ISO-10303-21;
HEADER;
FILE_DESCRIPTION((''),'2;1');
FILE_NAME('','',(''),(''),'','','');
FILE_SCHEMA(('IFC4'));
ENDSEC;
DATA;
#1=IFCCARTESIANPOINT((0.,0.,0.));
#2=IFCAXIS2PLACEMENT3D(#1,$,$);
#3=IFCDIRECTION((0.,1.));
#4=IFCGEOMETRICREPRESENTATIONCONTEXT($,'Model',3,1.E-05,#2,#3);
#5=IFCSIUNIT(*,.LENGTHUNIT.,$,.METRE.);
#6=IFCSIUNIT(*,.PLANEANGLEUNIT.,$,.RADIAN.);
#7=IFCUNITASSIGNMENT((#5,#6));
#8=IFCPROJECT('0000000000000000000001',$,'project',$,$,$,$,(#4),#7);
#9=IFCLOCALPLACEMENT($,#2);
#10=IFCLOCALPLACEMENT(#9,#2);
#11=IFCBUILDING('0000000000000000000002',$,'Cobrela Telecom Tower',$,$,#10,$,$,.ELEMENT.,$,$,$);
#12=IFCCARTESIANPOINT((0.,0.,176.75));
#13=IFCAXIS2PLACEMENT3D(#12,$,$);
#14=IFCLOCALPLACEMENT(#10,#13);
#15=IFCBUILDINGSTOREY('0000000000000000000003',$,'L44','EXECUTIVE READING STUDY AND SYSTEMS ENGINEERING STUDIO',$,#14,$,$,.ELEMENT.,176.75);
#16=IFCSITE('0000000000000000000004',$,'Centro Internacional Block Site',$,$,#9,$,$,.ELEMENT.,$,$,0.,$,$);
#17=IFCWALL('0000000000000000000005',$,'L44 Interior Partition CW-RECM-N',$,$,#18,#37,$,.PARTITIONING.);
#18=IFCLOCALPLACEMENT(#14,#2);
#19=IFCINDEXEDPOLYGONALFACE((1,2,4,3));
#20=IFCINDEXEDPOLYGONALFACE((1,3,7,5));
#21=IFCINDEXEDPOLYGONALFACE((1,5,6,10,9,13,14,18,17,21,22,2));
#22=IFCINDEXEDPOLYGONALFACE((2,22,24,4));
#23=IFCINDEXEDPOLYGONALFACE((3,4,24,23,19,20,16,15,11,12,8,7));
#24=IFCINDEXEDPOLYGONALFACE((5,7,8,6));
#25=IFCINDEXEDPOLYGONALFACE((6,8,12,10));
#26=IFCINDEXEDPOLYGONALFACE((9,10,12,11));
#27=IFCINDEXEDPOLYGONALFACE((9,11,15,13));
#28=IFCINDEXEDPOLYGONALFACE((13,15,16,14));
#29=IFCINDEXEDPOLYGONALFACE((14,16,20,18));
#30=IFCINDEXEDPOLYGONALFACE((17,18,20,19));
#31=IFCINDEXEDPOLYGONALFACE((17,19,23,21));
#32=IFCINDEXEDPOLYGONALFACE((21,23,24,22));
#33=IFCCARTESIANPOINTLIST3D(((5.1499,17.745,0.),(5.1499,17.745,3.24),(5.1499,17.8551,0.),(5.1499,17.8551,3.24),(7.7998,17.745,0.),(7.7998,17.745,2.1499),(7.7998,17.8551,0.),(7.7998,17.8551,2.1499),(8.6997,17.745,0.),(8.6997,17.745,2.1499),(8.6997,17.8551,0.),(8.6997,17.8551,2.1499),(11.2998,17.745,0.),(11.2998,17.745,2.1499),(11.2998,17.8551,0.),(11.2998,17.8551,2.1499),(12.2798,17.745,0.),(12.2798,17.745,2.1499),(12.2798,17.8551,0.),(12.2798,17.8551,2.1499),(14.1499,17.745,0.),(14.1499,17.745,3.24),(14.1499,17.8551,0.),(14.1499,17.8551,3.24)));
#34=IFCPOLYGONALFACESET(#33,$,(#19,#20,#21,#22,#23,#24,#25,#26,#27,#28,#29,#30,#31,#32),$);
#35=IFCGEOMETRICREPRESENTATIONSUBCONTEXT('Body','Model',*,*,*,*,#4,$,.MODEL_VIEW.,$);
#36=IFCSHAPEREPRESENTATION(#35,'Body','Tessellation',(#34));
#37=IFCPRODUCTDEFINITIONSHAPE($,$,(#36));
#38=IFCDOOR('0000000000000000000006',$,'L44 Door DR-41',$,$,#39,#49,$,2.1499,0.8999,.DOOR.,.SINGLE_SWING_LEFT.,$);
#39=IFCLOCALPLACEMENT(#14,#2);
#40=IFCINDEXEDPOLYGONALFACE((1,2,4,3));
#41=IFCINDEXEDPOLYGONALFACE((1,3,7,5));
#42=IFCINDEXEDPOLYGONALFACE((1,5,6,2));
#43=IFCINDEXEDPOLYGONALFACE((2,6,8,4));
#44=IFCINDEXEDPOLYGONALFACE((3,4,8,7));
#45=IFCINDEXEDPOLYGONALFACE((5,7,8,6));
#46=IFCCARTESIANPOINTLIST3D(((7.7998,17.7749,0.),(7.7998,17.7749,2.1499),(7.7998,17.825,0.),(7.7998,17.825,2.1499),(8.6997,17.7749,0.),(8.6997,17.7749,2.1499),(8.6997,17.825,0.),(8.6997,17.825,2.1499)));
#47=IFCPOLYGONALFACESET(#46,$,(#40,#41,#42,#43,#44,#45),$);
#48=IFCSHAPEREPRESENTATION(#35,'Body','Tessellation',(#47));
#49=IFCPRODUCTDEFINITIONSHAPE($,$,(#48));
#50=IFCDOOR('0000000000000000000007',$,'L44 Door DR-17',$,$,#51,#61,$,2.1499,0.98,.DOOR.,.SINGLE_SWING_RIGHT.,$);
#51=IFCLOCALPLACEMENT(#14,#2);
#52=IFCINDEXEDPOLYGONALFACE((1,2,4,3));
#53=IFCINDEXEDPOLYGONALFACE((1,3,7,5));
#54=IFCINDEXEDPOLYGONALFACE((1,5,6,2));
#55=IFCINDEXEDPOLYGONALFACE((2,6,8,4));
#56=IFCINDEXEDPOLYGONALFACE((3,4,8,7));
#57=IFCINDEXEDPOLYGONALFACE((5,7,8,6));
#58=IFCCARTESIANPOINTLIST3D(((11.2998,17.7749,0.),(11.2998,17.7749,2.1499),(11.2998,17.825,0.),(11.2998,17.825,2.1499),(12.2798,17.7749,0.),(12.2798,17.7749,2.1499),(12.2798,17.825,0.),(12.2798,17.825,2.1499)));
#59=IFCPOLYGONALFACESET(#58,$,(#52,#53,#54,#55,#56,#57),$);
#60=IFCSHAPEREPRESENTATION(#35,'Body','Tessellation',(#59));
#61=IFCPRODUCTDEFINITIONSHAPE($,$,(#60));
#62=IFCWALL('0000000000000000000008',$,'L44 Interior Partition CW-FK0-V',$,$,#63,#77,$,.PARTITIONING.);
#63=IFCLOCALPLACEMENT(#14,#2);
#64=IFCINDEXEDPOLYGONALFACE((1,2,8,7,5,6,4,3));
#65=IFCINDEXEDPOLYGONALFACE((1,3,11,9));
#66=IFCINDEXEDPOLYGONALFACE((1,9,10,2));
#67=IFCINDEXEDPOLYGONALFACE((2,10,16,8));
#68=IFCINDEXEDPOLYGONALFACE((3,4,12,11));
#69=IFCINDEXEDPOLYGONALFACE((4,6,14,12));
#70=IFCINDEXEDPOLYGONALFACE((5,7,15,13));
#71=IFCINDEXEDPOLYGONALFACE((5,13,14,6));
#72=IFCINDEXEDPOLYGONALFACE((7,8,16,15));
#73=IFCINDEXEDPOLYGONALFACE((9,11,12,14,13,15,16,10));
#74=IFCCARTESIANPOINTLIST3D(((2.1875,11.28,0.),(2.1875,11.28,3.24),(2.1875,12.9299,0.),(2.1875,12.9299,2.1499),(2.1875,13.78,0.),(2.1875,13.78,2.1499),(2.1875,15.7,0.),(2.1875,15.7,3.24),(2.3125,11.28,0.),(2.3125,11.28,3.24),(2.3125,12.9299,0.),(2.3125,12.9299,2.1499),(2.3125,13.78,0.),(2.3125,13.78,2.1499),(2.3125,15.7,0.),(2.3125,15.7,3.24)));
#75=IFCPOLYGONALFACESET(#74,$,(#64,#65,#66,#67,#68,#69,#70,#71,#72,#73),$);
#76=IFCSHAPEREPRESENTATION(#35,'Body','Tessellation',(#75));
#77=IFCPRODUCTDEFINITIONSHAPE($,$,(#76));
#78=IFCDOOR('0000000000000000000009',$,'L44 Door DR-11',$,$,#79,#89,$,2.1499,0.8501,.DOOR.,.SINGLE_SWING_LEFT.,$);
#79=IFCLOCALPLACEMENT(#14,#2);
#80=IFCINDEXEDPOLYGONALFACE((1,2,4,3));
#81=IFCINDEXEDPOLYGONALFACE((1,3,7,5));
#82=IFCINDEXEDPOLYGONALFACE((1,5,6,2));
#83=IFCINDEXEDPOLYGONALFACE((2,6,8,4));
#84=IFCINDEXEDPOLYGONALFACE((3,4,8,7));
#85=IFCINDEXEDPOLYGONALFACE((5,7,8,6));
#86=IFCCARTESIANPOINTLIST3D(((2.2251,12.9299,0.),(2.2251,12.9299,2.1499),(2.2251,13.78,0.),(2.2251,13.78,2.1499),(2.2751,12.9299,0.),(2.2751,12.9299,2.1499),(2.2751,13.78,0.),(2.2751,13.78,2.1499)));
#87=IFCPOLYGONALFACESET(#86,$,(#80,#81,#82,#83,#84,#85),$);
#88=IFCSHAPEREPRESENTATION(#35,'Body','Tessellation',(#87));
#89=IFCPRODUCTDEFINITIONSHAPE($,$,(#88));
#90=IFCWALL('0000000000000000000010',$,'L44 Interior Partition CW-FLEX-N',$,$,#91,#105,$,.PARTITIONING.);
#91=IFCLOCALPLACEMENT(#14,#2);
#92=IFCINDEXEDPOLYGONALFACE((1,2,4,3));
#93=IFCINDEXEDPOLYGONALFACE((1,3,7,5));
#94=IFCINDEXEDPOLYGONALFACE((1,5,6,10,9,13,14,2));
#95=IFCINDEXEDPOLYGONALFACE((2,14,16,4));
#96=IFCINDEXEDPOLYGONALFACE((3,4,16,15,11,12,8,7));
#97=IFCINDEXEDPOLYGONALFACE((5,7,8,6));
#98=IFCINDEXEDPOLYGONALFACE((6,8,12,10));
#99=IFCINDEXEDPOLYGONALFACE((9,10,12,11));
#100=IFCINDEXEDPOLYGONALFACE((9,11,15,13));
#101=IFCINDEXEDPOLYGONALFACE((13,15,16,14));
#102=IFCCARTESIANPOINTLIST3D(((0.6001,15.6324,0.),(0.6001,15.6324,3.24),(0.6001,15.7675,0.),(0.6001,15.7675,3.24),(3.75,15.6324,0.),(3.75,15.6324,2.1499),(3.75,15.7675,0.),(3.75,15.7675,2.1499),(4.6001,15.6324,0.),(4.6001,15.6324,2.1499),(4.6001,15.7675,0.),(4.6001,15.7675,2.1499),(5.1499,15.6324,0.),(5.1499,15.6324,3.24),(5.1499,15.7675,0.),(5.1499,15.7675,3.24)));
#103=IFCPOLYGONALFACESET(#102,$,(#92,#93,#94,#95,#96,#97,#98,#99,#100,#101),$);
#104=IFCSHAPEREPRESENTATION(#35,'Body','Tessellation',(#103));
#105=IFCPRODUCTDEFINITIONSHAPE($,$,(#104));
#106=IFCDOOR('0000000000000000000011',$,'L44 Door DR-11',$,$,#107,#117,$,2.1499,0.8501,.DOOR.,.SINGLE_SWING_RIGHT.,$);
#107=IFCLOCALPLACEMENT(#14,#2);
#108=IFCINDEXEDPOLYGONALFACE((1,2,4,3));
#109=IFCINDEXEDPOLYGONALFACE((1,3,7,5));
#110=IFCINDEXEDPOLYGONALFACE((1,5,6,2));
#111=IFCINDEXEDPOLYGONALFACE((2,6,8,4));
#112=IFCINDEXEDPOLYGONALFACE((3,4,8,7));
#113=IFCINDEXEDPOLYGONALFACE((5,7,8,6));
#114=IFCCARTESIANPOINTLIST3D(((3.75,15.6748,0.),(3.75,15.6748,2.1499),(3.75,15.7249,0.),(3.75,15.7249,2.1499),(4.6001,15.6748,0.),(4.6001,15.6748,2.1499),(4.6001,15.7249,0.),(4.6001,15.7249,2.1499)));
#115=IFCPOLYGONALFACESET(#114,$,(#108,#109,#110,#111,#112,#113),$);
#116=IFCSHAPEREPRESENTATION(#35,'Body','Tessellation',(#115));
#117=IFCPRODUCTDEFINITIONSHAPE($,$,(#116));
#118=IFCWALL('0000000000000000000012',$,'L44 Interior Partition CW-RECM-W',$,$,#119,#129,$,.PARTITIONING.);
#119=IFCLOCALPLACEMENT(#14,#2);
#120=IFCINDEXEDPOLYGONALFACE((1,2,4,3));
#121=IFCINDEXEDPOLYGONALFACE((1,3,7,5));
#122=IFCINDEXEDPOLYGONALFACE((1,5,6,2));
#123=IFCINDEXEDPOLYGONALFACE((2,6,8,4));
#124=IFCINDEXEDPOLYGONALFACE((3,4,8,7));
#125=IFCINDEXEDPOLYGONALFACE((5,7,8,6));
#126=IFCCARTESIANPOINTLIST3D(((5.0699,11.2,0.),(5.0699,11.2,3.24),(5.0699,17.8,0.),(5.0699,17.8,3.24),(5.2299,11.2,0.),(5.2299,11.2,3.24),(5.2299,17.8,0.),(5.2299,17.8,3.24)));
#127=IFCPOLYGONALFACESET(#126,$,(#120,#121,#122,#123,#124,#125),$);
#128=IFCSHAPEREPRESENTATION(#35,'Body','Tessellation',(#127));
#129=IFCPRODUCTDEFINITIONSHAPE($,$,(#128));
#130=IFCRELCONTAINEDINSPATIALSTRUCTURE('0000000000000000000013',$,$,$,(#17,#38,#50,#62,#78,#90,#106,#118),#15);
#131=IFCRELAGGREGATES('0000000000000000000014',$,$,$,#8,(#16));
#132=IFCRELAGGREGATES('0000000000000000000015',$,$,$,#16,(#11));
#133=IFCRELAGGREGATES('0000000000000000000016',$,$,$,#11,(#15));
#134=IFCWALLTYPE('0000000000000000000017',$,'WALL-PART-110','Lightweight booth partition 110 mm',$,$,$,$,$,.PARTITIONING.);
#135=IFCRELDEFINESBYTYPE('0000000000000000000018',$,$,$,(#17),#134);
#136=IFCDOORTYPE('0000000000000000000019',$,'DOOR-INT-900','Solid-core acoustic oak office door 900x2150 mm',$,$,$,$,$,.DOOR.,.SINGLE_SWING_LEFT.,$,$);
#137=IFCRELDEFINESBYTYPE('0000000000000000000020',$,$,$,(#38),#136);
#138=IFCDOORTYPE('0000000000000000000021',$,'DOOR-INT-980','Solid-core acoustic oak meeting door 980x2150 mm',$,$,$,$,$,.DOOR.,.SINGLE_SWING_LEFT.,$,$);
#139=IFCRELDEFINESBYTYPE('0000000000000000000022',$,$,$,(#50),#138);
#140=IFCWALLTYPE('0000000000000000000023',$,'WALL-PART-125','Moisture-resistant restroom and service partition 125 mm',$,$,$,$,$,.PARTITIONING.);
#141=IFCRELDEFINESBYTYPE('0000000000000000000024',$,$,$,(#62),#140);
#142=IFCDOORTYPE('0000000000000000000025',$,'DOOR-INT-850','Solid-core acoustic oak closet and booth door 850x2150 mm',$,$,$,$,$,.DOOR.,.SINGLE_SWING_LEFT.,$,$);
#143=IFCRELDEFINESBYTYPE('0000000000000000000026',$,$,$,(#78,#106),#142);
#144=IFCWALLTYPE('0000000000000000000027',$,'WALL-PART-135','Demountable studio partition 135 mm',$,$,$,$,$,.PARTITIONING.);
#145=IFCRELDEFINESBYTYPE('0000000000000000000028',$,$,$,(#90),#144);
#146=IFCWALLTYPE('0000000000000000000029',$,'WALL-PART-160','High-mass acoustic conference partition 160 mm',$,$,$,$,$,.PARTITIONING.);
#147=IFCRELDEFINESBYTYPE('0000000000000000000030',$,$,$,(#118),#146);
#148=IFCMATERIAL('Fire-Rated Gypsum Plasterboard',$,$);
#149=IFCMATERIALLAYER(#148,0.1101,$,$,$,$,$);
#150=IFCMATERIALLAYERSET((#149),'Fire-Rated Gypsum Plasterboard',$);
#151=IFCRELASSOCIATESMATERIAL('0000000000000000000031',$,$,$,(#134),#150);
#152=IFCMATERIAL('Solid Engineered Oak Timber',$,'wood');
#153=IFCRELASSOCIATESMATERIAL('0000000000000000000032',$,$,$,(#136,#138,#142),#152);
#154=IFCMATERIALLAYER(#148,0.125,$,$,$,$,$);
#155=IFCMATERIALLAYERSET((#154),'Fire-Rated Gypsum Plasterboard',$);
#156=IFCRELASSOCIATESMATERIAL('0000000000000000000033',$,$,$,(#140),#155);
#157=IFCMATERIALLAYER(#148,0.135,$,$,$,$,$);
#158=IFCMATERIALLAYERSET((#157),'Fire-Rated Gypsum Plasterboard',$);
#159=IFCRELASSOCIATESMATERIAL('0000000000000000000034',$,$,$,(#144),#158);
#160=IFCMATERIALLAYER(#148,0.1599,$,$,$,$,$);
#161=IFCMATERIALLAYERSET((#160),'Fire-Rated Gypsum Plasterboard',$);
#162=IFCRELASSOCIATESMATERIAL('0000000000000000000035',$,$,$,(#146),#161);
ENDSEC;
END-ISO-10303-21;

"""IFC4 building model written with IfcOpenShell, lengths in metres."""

from ifc_helpers import new_model, si_unit, direction, frame, frame_2d, origin, place, context, subcontext, project, spatial, rectangle, extrude, material, layer, layer_set, type_object, element, fill, save


model = new_model("IFC4")

# Units and contexts
model_context = context("Model", 3, precision=1e-05, world=origin(), true_north=direction((0.0, 1.0)))
body_context = subcontext(model_context, "Body", "Model", "MODEL_VIEW")
ifc_project = project(units=[si_unit("LENGTHUNIT", "METRE"), si_unit("PLANEANGLEUNIT", "RADIAN")], contexts=[model_context])

# Site, building, storey
site_placement = place(None, origin())
site = spatial("IfcSite", under=ifc_project, at=site_placement, Name="Centro Internacional Block Site", CompositionType="ELEMENT", RefElevation=0.0)
building_placement = place(site_placement, origin())
building = spatial("IfcBuilding", under=site, at=building_placement, Name="Cobrela Telecom Tower", CompositionType="ELEMENT")
storey_placement = place(building_placement, frame((0.0, 0.0, 176.75)))
storey = spatial("IfcBuildingStorey", under=building, at=storey_placement, Name="L44", Description="EXECUTIVE READING STUDY AND SYSTEMS ENGINEERING STUDIO", CompositionType="ELEMENT", Elevation=176.75)

# Wall, openings, doors
ifc_material_1 = material(Name="Fire-Rated Gypsum Plasterboard")
ifc_layer_1 = layer(ifc_material_1, 0.1101)
ifc_layer_set_1 = layer_set([ifc_layer_1], Name="Fire-Rated Gypsum Plasterboard")
wall_type_1 = type_object("IfcWallType", Name="WALL-PART-110", Description="Lightweight booth partition 110 mm", PredefinedType="PARTITIONING", material=ifc_layer_set_1)
wall_1_placement = place(storey_placement, frame((5.1499, 17.8, 0.0), z_axis=(0.0, 0.0, 1.0), x_axis=(1.0, 0.0, 0.0)))
wall_1 = element("IfcWall", 1, at=wall_1_placement, inside=storey, type_object=wall_type_1, Name="L44 Interior Partition CW-RECM-N", PredefinedType="PARTITIONING", context=body_context, shape_type="SweptSolid", body=[
    extrude(rectangle(XDim=9.0, YDim=0.1101, at=frame_2d((4.5, 0.0))), origin(), (0.0, 0.0, 1.0), 3.24),
])
opening_1_placement = place(wall_1_placement, frame((2.6499, 0.0, 0.0)))
opening_1 = element("IfcOpeningElement", 2, at=opening_1_placement, cuts=wall_1, PredefinedType="OPENING", context=body_context, shape_type="SweptSolid", body=[
    extrude(rectangle(XDim=0.8999, YDim=2.1499, at=frame_2d((0.45, 1.075))), frame((0.0, 0.0669, 0.0), z_axis=(0.0, -1.0, 0.0), x_axis=(1.0, 0.0, 0.0)), (0.0, 0.0, 1.0), 0.134),
])
opening_2_placement = place(wall_1_placement, frame((6.1499, 0.0, 0.0)))
opening_2 = element("IfcOpeningElement", 3, at=opening_2_placement, cuts=wall_1, PredefinedType="OPENING", context=body_context, shape_type="SweptSolid", body=[
    extrude(rectangle(XDim=0.98, YDim=2.1499, at=frame_2d((0.49, 1.075))), frame((0.0, 0.0669, 0.0), z_axis=(0.0, -1.0, 0.0), x_axis=(1.0, 0.0, 0.0)), (0.0, 0.0, 1.0), 0.134),
])
ifc_material_2 = material(Name="Solid Engineered Oak Timber", Category="wood")
door_type_1 = type_object("IfcDoorType", Name="DOOR-INT-900", Description="Solid-core acoustic oak office door 900x2150 mm", OperationType="SINGLE_SWING_LEFT", PredefinedType="DOOR", material=ifc_material_2)
door_1_placement = place(opening_1_placement, origin())
door_1 = element("IfcDoor", 4, at=door_1_placement, inside=storey, type_object=door_type_1, Name="L44 Door DR-41", OperationType="SINGLE_SWING_LEFT", OverallHeight=2.1499, OverallWidth=0.8999, PredefinedType="DOOR", context=body_context, shape_type="SweptSolid", body=[
    extrude(rectangle(XDim=0.8999, YDim=2.1499, at=frame_2d((0.45, 1.075))), frame((0.0, 0.0249, 0.0), z_axis=(0.0, -1.0, 0.0), x_axis=(1.0, 0.0, 0.0)), (0.0, 0.0, 1.0), 0.05),
])
fill(opening_1, door_1)
door_type_2 = type_object("IfcDoorType", Name="DOOR-INT-980", Description="Solid-core acoustic oak meeting door 980x2150 mm", OperationType="SINGLE_SWING_LEFT", PredefinedType="DOOR", material=ifc_material_2)
door_2_placement = place(opening_2_placement, origin())
door_2 = element("IfcDoor", 5, at=door_2_placement, inside=storey, type_object=door_type_2, Name="L44 Door DR-17", OperationType="SINGLE_SWING_RIGHT", OverallHeight=2.1499, OverallWidth=0.98, PredefinedType="DOOR", context=body_context, shape_type="SweptSolid", body=[
    extrude(rectangle(XDim=0.98, YDim=2.1499, at=frame_2d((0.49, 1.075))), frame((0.0, 0.0249, 0.0), z_axis=(0.0, -1.0, 0.0), x_axis=(1.0, 0.0, 0.0)), (0.0, 0.0, 1.0), 0.05),
])
fill(opening_2, door_2)

# Walls, openings, doors
ifc_layer_2 = layer(ifc_material_1, 0.125)
ifc_layer_set_2 = layer_set([ifc_layer_2], Name="Fire-Rated Gypsum Plasterboard")
wall_type_2 = type_object("IfcWallType", Name="WALL-PART-125", Description="Moisture-resistant restroom and service partition 125 mm", PredefinedType="PARTITIONING", material=ifc_layer_set_2)
wall_2_placement = place(storey_placement, frame((2.25, 11.28, 0.0), z_axis=(0.0, 0.0, 1.0), x_axis=(0.0, 1.0, 0.0)))
wall_2 = element("IfcWall", 6, at=wall_2_placement, inside=storey, type_object=wall_type_2, Name="L44 Interior Partition CW-FK0-V", PredefinedType="PARTITIONING", context=body_context, shape_type="SweptSolid", body=[
    extrude(rectangle(XDim=4.4199, YDim=0.125, at=frame_2d((2.21, 0.0))), origin(), (0.0, 0.0, 1.0), 3.24),
])
opening_3_placement = place(wall_2_placement, frame((1.6499, 0.0, 0.0)))
opening_3 = element("IfcOpeningElement", 7, at=opening_3_placement, cuts=wall_2, PredefinedType="OPENING", context=body_context, shape_type="SweptSolid", body=[
    extrude(rectangle(XDim=0.8501, YDim=2.1499, at=frame_2d((0.425, 1.075))), frame((0.0, 0.0745, 0.0), z_axis=(0.0, -1.0, 0.0), x_axis=(1.0, 0.0, 0.0)), (0.0, 0.0, 1.0), 0.1489),
])
door_type_3 = type_object("IfcDoorType", Name="DOOR-INT-850", Description="Solid-core acoustic oak closet and booth door 850x2150 mm", OperationType="SINGLE_SWING_LEFT", PredefinedType="DOOR", material=ifc_material_2)
door_3_placement = place(opening_3_placement, origin())
door_3 = element("IfcDoor", 8, at=door_3_placement, inside=storey, type_object=door_type_3, Name="L44 Door DR-11", OperationType="SINGLE_SWING_LEFT", OverallHeight=2.1499, OverallWidth=0.8501, PredefinedType="DOOR", context=body_context, shape_type="SweptSolid", body=[
    extrude(rectangle(XDim=0.8501, YDim=2.1499, at=frame_2d((0.425, 1.075))), frame((0.0, 0.0249, 0.0), z_axis=(0.0, -1.0, 0.0), x_axis=(1.0, 0.0, 0.0)), (0.0, 0.0, 1.0), 0.05),
])
fill(opening_3, door_3)
ifc_layer_3 = layer(ifc_material_1, 0.135)
ifc_layer_set_3 = layer_set([ifc_layer_3], Name="Fire-Rated Gypsum Plasterboard")
wall_type_3 = type_object("IfcWallType", Name="WALL-PART-135", Description="Demountable studio partition 135 mm", PredefinedType="PARTITIONING", material=ifc_layer_set_3)
wall_3_placement = place(storey_placement, frame((0.6001, 15.7, 0.0), z_axis=(0.0, 0.0, 1.0), x_axis=(1.0, 0.0, 0.0)))
wall_3 = element("IfcWall", 9, at=wall_3_placement, inside=storey, type_object=wall_type_3, Name="L44 Interior Partition CW-FLEX-N", PredefinedType="PARTITIONING", context=body_context, shape_type="SweptSolid", body=[
    extrude(rectangle(XDim=4.5498, YDim=0.135, at=frame_2d((2.2749, 0.0))), origin(), (0.0, 0.0, 1.0), 3.24),
])
opening_4_placement = place(wall_3_placement, frame((3.1499, 0.0, 0.0)))
opening_4 = element("IfcOpeningElement", 10, at=opening_4_placement, cuts=wall_3, PredefinedType="OPENING", context=body_context, shape_type="SweptSolid", body=[
    extrude(rectangle(XDim=0.8501, YDim=2.1499, at=frame_2d((0.425, 1.075))), frame((0.0, 0.0796, 0.0), z_axis=(0.0, -1.0, 0.0), x_axis=(1.0, 0.0, 0.0)), (0.0, 0.0, 1.0), 0.1589),
])
door_4_placement = place(opening_4_placement, origin())
door_4 = element("IfcDoor", 11, at=door_4_placement, inside=storey, type_object=door_type_3, Name="L44 Door DR-11", OperationType="SINGLE_SWING_RIGHT", OverallHeight=2.1499, OverallWidth=0.8501, PredefinedType="DOOR", context=body_context, shape_type="SweptSolid", body=[
    extrude(rectangle(XDim=0.8501, YDim=2.1499, at=frame_2d((0.425, 1.075))), frame((0.0, 0.0249, 0.0), z_axis=(0.0, -1.0, 0.0), x_axis=(1.0, 0.0, 0.0)), (0.0, 0.0, 1.0), 0.05),
])
fill(opening_4, door_4)

# Wall
ifc_layer_4 = layer(ifc_material_1, 0.1599)
ifc_layer_set_4 = layer_set([ifc_layer_4], Name="Fire-Rated Gypsum Plasterboard")
wall_type_4 = type_object("IfcWallType", Name="WALL-PART-160", Description="High-mass acoustic conference partition 160 mm", PredefinedType="PARTITIONING", material=ifc_layer_set_4)
wall_4_placement = place(storey_placement, frame((5.1499, 11.2, 0.0), z_axis=(0.0, 0.0, 1.0), x_axis=(0.0, 1.0, 0.0)))
element("IfcWall", 12, at=wall_4_placement, inside=storey, type_object=wall_type_4, Name="L44 Interior Partition CW-RECM-W", PredefinedType="PARTITIONING", context=body_context, shape_type="SweptSolid", body=[
    extrude(rectangle(XDim=6.6001, YDim=0.1599, at=frame_2d((3.3, 0.0))), origin(), (0.0, 0.0, 1.0), 3.24),
])

save(model, "model.ifc")
